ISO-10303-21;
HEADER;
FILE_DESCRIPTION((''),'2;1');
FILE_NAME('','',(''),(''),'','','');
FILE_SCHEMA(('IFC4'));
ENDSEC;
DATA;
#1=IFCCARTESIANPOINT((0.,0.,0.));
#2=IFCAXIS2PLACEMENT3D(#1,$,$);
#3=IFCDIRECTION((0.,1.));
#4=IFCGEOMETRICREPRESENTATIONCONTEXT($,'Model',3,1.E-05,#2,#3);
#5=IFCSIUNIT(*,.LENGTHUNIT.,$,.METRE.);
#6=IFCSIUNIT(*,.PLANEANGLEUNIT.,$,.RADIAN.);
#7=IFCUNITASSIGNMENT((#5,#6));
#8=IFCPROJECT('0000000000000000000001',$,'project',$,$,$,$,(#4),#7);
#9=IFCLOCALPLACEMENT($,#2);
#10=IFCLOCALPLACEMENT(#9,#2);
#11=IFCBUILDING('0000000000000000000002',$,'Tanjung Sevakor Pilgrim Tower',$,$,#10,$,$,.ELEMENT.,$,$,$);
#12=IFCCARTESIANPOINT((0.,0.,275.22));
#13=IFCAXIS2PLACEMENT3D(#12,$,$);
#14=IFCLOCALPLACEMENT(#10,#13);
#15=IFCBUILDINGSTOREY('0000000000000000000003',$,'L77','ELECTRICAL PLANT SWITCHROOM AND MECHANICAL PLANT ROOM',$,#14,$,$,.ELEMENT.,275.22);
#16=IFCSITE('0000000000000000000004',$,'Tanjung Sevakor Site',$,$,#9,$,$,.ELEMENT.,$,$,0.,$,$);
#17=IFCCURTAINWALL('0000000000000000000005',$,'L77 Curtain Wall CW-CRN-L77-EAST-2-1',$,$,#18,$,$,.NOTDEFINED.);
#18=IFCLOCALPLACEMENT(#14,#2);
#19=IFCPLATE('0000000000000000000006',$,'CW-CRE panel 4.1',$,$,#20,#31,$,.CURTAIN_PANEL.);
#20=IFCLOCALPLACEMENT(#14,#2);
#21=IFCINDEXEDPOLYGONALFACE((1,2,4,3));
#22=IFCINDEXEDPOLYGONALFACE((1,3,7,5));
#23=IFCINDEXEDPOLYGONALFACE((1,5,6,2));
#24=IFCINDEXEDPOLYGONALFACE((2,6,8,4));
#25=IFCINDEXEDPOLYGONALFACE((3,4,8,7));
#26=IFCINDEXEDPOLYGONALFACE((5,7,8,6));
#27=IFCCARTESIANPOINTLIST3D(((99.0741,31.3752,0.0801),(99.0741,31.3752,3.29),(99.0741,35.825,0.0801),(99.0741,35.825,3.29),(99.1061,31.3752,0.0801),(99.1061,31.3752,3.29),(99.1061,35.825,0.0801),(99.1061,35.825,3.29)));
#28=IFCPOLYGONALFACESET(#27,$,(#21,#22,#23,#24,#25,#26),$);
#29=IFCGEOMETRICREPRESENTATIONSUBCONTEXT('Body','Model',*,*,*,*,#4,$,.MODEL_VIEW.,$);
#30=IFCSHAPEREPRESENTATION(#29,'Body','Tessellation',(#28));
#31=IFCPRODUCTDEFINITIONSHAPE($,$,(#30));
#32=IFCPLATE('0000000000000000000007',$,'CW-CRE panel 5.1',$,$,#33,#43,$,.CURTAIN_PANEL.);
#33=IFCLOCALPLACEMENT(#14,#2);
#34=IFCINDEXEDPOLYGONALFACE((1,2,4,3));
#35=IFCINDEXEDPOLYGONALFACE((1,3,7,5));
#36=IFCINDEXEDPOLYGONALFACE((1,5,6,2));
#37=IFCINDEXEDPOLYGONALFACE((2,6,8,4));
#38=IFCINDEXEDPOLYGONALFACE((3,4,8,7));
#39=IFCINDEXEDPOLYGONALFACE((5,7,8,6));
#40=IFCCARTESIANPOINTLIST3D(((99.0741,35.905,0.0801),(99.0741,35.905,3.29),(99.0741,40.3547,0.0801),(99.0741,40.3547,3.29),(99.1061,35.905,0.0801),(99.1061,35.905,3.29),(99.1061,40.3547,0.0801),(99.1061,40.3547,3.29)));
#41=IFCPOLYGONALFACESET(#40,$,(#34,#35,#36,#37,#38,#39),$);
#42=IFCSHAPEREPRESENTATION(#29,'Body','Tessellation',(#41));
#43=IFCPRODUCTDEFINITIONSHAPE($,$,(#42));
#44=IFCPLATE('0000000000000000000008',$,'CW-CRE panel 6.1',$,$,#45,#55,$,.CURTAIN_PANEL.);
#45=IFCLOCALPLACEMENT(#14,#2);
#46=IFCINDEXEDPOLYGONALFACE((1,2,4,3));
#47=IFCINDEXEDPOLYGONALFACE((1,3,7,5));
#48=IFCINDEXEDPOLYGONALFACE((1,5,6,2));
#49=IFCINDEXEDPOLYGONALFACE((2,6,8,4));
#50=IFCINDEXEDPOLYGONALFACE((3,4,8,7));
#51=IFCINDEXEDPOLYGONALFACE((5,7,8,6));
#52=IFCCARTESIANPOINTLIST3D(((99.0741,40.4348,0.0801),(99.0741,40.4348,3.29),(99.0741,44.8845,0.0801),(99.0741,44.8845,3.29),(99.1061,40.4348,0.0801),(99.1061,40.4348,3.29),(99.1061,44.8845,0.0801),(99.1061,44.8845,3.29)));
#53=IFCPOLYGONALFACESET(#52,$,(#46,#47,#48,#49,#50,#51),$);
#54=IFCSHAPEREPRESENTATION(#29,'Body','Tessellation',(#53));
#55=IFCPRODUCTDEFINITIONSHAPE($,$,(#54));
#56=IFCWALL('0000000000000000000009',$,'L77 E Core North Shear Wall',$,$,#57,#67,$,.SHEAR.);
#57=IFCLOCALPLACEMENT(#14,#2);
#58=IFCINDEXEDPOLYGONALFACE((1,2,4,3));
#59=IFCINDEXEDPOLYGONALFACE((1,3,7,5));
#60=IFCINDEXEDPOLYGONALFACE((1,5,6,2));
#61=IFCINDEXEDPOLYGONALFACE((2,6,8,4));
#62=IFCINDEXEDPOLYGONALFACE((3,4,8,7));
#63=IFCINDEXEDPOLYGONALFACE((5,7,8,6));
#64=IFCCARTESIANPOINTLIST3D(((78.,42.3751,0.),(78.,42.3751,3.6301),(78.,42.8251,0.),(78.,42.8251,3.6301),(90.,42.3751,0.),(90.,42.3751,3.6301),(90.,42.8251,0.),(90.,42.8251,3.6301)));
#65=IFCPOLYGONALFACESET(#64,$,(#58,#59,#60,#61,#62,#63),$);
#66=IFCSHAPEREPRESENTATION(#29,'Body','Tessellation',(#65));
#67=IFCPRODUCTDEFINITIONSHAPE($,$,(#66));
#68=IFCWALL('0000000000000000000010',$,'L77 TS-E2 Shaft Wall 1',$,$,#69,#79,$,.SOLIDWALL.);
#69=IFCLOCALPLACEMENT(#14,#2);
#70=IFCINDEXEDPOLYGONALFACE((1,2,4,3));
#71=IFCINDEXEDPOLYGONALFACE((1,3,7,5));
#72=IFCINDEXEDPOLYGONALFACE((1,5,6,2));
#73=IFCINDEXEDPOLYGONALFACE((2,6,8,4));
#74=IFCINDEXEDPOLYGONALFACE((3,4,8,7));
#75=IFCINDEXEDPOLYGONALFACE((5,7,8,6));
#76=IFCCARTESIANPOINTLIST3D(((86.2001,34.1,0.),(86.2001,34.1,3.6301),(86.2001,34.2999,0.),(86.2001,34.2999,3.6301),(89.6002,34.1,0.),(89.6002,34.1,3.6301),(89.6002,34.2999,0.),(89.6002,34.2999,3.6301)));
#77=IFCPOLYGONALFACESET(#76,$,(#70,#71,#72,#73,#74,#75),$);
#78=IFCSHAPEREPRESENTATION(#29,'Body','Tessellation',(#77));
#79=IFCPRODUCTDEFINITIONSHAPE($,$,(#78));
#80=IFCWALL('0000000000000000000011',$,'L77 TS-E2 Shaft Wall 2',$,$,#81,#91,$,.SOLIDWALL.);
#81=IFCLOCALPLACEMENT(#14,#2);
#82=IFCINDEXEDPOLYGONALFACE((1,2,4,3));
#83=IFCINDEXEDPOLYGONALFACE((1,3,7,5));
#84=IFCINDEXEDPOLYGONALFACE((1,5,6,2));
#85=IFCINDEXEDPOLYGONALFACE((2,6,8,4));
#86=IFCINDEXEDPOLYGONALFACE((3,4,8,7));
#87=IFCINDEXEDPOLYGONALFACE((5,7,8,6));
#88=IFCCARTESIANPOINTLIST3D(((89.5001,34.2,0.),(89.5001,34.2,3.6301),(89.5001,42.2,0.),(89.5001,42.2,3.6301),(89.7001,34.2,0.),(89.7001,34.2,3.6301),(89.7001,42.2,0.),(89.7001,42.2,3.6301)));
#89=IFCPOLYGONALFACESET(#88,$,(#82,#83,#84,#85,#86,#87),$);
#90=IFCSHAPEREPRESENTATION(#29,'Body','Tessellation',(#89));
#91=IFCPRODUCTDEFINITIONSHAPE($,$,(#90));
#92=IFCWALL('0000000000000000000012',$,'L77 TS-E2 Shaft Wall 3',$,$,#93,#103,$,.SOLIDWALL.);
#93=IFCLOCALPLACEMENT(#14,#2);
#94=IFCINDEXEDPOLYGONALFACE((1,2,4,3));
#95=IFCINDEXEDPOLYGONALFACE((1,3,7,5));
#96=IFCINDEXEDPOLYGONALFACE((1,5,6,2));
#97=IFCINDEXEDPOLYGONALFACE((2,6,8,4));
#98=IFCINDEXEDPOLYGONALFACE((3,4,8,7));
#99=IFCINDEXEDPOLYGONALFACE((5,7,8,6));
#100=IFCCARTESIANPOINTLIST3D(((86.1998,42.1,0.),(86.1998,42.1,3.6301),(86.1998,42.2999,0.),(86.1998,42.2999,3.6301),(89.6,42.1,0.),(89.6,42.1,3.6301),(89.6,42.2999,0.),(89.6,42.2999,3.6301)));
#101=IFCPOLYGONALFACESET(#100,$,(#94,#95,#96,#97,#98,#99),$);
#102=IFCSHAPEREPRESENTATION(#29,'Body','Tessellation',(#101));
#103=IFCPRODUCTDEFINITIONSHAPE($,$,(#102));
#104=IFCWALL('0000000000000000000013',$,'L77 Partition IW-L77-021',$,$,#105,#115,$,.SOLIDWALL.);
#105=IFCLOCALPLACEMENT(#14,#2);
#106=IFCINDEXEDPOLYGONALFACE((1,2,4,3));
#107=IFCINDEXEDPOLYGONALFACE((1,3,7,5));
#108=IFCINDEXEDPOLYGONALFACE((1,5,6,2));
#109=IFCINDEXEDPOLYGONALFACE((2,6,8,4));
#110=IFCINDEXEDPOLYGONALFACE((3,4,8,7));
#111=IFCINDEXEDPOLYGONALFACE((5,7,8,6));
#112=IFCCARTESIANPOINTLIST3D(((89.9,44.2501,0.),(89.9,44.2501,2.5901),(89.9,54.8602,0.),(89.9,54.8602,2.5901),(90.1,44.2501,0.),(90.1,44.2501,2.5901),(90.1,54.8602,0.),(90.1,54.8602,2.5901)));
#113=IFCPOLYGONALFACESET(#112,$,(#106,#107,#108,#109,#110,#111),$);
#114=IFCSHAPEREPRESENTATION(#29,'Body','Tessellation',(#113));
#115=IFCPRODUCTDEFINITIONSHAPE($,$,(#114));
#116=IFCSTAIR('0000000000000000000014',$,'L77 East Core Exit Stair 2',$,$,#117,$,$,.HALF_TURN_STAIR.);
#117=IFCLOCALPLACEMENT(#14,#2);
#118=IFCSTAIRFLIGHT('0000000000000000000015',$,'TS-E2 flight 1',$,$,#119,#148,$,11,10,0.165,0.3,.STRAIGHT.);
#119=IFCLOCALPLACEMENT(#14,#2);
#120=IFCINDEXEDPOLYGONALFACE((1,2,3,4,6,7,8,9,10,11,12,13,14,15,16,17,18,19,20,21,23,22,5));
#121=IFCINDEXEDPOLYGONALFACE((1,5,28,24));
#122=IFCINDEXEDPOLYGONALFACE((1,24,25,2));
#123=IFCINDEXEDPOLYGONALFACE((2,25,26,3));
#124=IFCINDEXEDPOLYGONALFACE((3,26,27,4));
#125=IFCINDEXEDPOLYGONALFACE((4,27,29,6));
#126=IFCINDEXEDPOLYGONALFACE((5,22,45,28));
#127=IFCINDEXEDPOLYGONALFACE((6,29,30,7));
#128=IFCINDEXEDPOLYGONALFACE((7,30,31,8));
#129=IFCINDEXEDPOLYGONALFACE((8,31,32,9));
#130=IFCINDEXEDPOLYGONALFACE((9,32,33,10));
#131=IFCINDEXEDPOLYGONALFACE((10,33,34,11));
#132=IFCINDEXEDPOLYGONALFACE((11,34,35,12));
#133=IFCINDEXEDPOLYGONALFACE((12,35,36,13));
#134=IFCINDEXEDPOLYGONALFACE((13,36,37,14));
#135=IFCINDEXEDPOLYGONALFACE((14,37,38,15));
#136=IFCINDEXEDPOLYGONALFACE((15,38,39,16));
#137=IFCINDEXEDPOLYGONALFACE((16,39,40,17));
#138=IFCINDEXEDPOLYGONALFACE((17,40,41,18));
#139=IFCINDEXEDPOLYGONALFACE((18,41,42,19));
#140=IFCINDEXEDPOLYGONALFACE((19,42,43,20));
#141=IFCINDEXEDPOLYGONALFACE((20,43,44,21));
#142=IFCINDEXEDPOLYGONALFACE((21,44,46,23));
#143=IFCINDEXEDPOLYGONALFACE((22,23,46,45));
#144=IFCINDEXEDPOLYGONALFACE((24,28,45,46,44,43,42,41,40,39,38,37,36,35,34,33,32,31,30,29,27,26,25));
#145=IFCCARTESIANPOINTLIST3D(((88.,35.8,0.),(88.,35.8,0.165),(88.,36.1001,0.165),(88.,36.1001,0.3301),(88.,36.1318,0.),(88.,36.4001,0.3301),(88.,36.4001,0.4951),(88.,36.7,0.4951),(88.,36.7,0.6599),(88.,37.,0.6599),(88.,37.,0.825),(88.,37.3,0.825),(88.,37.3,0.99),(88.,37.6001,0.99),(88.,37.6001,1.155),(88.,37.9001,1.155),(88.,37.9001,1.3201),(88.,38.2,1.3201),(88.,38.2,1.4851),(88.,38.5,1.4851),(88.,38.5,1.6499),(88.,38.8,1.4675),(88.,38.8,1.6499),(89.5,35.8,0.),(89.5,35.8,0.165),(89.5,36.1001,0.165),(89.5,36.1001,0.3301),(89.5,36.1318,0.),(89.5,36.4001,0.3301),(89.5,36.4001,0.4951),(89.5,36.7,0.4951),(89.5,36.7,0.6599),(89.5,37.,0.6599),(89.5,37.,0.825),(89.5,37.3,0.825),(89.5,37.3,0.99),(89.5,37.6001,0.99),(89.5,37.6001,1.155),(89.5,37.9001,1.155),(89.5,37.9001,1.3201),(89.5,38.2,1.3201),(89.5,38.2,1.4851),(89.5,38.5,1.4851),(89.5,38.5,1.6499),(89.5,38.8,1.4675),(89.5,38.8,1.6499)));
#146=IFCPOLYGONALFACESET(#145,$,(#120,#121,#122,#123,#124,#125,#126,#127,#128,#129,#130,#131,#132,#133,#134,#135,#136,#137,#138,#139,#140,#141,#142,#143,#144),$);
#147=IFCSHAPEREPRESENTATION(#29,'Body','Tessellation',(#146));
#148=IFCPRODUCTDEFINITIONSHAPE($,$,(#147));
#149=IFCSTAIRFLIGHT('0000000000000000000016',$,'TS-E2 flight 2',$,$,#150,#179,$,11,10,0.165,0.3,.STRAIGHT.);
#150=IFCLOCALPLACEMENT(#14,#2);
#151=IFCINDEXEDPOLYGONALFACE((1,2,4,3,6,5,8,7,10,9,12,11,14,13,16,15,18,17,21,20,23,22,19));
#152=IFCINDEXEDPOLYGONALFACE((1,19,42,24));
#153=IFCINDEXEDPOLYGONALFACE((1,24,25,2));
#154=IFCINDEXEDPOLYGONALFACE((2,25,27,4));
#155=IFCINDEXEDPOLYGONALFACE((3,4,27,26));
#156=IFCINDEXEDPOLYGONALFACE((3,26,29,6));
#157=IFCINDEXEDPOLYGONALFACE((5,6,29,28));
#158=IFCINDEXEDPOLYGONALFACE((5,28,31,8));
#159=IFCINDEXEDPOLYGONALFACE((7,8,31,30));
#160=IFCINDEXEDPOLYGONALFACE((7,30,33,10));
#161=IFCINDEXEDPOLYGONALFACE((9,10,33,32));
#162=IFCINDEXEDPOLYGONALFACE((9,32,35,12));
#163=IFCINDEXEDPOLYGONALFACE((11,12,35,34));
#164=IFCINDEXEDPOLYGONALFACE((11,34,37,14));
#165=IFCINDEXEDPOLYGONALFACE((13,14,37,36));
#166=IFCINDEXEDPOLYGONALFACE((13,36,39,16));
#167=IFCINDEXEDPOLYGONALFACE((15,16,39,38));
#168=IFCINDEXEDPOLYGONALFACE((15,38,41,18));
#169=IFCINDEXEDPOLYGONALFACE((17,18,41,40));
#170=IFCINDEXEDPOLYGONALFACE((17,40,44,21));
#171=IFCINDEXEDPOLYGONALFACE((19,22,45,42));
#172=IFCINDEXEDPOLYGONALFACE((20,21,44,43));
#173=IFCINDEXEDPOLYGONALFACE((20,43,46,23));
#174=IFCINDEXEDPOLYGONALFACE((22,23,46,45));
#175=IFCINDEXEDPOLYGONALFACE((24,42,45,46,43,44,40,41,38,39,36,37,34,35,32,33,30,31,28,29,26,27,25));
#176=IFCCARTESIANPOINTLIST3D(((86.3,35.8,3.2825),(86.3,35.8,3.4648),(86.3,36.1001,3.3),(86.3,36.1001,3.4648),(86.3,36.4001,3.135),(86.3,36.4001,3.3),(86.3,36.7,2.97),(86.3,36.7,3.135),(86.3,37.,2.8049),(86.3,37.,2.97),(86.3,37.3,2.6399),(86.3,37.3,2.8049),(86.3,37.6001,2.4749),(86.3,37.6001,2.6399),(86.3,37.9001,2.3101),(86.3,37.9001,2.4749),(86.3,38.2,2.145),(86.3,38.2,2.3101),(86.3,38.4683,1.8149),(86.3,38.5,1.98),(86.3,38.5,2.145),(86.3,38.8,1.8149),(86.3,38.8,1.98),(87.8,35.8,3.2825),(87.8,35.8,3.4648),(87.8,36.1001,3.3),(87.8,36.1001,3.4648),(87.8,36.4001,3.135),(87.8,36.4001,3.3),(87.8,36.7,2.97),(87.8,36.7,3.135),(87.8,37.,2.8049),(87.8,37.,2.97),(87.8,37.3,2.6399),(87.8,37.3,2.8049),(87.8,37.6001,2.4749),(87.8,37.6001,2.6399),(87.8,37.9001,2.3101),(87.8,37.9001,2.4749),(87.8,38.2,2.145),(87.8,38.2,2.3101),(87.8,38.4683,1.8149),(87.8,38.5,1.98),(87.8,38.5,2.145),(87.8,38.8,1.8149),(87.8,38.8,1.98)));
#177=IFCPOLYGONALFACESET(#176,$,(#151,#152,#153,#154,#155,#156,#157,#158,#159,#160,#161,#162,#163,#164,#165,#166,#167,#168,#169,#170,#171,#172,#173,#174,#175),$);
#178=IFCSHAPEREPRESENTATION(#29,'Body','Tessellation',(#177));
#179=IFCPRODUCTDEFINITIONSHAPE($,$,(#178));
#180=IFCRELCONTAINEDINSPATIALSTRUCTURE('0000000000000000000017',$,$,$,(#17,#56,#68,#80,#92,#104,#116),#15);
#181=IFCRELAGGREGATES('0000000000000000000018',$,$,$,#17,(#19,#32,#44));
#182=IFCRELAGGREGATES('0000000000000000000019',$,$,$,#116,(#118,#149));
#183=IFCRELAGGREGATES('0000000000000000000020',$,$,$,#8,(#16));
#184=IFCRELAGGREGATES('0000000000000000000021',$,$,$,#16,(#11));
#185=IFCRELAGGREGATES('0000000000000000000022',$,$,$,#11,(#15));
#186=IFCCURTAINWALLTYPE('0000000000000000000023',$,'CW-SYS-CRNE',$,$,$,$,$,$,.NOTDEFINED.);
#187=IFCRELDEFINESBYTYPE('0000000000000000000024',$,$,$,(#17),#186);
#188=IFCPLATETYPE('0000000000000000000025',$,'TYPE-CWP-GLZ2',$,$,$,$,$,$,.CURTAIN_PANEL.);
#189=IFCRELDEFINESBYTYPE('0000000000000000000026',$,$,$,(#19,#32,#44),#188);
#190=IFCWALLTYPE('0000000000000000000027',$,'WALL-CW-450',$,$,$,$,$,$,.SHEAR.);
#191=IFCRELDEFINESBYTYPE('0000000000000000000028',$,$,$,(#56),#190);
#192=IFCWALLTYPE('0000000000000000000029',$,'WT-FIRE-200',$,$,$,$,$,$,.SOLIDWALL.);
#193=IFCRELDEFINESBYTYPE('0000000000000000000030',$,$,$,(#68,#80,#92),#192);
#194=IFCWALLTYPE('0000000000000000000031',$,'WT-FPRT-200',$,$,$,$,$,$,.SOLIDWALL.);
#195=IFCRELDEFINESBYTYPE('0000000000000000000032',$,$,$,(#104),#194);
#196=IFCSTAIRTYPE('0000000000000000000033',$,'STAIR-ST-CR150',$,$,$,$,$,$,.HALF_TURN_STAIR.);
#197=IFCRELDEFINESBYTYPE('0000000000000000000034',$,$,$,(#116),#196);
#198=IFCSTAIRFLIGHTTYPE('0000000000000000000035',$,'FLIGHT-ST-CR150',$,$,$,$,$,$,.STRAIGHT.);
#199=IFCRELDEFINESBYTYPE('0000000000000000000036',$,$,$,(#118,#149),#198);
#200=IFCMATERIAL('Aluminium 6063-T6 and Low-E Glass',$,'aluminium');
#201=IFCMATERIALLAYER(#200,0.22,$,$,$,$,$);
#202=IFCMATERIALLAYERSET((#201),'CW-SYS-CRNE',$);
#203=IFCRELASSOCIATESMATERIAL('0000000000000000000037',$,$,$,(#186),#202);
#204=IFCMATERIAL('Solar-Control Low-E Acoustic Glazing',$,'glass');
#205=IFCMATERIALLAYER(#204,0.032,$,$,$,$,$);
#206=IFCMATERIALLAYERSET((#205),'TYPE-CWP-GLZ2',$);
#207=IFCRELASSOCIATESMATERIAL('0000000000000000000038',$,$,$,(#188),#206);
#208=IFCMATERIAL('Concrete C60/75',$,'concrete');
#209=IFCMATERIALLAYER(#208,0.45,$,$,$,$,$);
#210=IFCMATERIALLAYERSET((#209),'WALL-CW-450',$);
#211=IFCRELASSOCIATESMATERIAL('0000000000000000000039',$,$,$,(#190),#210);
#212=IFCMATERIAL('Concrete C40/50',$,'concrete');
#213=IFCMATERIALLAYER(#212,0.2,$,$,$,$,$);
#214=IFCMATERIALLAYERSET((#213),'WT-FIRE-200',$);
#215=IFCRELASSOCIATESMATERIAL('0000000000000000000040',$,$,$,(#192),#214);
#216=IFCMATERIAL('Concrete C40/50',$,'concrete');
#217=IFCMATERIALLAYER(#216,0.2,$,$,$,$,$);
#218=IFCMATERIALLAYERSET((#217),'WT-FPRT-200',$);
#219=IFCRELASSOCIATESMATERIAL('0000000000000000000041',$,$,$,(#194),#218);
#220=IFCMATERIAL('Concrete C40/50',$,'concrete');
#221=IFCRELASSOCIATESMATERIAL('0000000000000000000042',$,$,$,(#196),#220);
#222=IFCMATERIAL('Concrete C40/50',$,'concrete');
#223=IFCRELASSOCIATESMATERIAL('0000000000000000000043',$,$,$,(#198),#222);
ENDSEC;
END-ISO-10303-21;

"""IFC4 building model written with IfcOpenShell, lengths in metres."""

from ifc_helpers import new_model, si_unit, direction, frame, frame_2d, origin, origin_2d, place, context, subcontext, project, spatial, polyline, rectangle, outline, extrude, material, layer, layer_set, type_object, element, aggregate, save


model = new_model("IFC4")

# Units and contexts
model_context = context("Model", 3, precision=1e-05, world=origin(), true_north=direction((0.0, 1.0)))
body_context = subcontext(model_context, "Body", "Model", "MODEL_VIEW")
ifc_project = project(units=[si_unit("LENGTHUNIT", "METRE"), si_unit("PLANEANGLEUNIT", "RADIAN")], contexts=[model_context])

# Site, building, storey
site_placement = place(None, origin())
site = spatial("IfcSite", under=ifc_project, at=site_placement, Name="Tanjung Sevakor Site", CompositionType="ELEMENT", RefElevation=0.0)
building_placement = place(site_placement, origin())
building = spatial("IfcBuilding", under=site, at=building_placement, Name="Tanjung Sevakor Pilgrim Tower", CompositionType="ELEMENT")
storey_placement = place(building_placement, frame((0.0, 0.0, 275.22)))
storey = spatial("IfcBuildingStorey", under=building, at=storey_placement, Name="L77", Description="ELECTRICAL PLANT SWITCHROOM AND MECHANICAL PLANT ROOM", CompositionType="ELEMENT", Elevation=275.22)

# Curtain wall, plates
ifc_material_1 = material(Name="Aluminium 6063-T6 and Low-E Glass", Category="aluminium")
ifc_layer_1 = layer(ifc_material_1, 0.22)
ifc_layer_set_1 = layer_set([ifc_layer_1], Name="CW-SYS-CRNE")
curtain_wall_type = type_object("IfcCurtainWallType", Name="CW-SYS-CRNE", PredefinedType="NOTDEFINED", material=ifc_layer_set_1)
curtain_wall_placement = place(storey_placement, origin())
curtain_wall = element("IfcCurtainWall", 1, at=curtain_wall_placement, inside=storey, type_object=curtain_wall_type, Name="L77 Curtain Wall CW-CRN-L77-EAST-2-1", PredefinedType="NOTDEFINED")
ifc_material_2 = material(Name="Solar-Control Low-E Acoustic Glazing", Category="glass")
ifc_layer_2 = layer(ifc_material_2, 0.032)
ifc_layer_set_2 = layer_set([ifc_layer_2], Name="TYPE-CWP-GLZ2")
plate_type = type_object("IfcPlateType", Name="TYPE-CWP-GLZ2", PredefinedType="CURTAIN_PANEL", material=ifc_layer_set_2)
plate_1_placement = place(storey_placement, frame((99.0901, 33.6001, 0.0801), z_axis=(0.0, 0.0, 1.0), x_axis=(0.0, 1.0, 0.0)))
plate_1 = element("IfcPlate", 2, at=plate_1_placement, type_object=plate_type, Name="CW-CRE panel 4.1", PredefinedType="CURTAIN_PANEL", context=body_context, shape_type="SweptSolid", body=[
    extrude(rectangle(XDim=4.4497, YDim=0.032, at=origin_2d()), origin(), (0.0, 0.0, 1.0), 3.21),
])
plate_2_placement = place(storey_placement, frame((99.0901, 38.1299, 0.0801), z_axis=(0.0, 0.0, 1.0), x_axis=(0.0, 1.0, 0.0)))
plate_2 = element("IfcPlate", 3, at=plate_2_placement, type_object=plate_type, Name="CW-CRE panel 5.1", PredefinedType="CURTAIN_PANEL", context=body_context, shape_type="SweptSolid", body=[
    extrude(rectangle(XDim=4.4497, YDim=0.032, at=origin_2d()), origin(), (0.0, 0.0, 1.0), 3.21),
])
plate_3_placement = place(storey_placement, frame((99.0901, 42.6597, 0.0801), z_axis=(0.0, 0.0, 1.0), x_axis=(0.0, 1.0, 0.0)))
plate_3 = element("IfcPlate", 4, at=plate_3_placement, type_object=plate_type, Name="CW-CRE panel 6.1", PredefinedType="CURTAIN_PANEL", context=body_context, shape_type="SweptSolid", body=[
    extrude(rectangle(XDim=4.4497, YDim=0.032, at=origin_2d()), origin(), (0.0, 0.0, 1.0), 3.21),
])
aggregate(curtain_wall, [plate_1, plate_2, plate_3])

# Walls
ifc_material_3 = material(Name="Concrete C60/75", Category="concrete")
ifc_layer_3 = layer(ifc_material_3, 0.45)
ifc_layer_set_3 = layer_set([ifc_layer_3], Name="WALL-CW-450")
wall_type_1 = type_object("IfcWallType", Name="WALL-CW-450", PredefinedType="SHEAR", material=ifc_layer_set_3)
wall_1_placement = place(storey_placement, frame((90.0, 42.6001, 0.0), z_axis=(0.0, 0.0, 1.0), x_axis=(-1.0, 0.0, 0.0)))
element("IfcWall", 5, at=wall_1_placement, inside=storey, type_object=wall_type_1, Name="L77 E Core North Shear Wall", PredefinedType="SHEAR", context=body_context, shape_type="SweptSolid", body=[
    extrude(rectangle(XDim=12.0, YDim=0.45, at=frame_2d((6.0, 0.0))), origin(), (0.0, 0.0, 1.0), 3.6301),
])
ifc_material_4 = material(Name="Concrete C40/50", Category="concrete")
ifc_layer_4 = layer(ifc_material_4, 0.2)
ifc_layer_set_4 = layer_set([ifc_layer_4], Name="WT-FIRE-200")
wall_type_2 = type_object("IfcWallType", Name="WT-FIRE-200", PredefinedType="SOLIDWALL", material=ifc_layer_set_4)
wall_2_placement = place(storey_placement, frame((86.2, 34.2, 0.0), z_axis=(0.0, 0.0, 1.0), x_axis=(1.0, 0.0, 0.0)))
element("IfcWall", 6, at=wall_2_placement, inside=storey, type_object=wall_type_2, Name="L77 TS-E2 Shaft Wall 1", PredefinedType="SOLIDWALL", context=body_context, shape_type="SweptSolid", body=[
    extrude(rectangle(XDim=3.4001, YDim=0.2, at=frame_2d((1.7002, 0.0))), origin(), (0.0, 0.0, 1.0), 3.6301),
])
wall_3_placement = place(storey_placement, frame((89.6001, 34.2, 0.0), z_axis=(0.0, 0.0, 1.0), x_axis=(0.0, 1.0, 0.0)))
element("IfcWall", 7, at=wall_3_placement, inside=storey, type_object=wall_type_2, Name="L77 TS-E2 Shaft Wall 2", PredefinedType="SOLIDWALL", context=body_context, shape_type="SweptSolid", body=[
    extrude(rectangle(XDim=8.0, YDim=0.2, at=frame_2d((4.0, 0.0))), origin(), (0.0, 0.0, 1.0), 3.6301),
])
wall_4_placement = place(storey_placement, frame((89.6001, 42.2, 0.0), z_axis=(0.0, 0.0, 1.0), x_axis=(-1.0, 0.0, 0.0)))
element("IfcWall", 8, at=wall_4_placement, inside=storey, type_object=wall_type_2, Name="L77 TS-E2 Shaft Wall 3", PredefinedType="SOLIDWALL", context=body_context, shape_type="SweptSolid", body=[
    extrude(rectangle(XDim=3.4001, YDim=0.2, at=frame_2d((1.7002, 0.0))), origin(), (0.0, 0.0, 1.0), 3.6301),
])
ifc_material_5 = material(Name="Concrete C40/50", Category="concrete")
ifc_layer_5 = layer(ifc_material_5, 0.2)
ifc_layer_set_5 = layer_set([ifc_layer_5], Name="WT-FPRT-200")
wall_type_3 = type_object("IfcWallType", Name="WT-FPRT-200", PredefinedType="SOLIDWALL", material=ifc_layer_set_5)
wall_5_placement = place(storey_placement, frame((90.0, 44.25, 0.0), z_axis=(0.0, 0.0, 1.0), x_axis=(0.0, 1.0, 0.0)))
element("IfcWall", 9, at=wall_5_placement, inside=storey, type_object=wall_type_3, Name="L77 Partition IW-L77-021", PredefinedType="SOLIDWALL", context=body_context, shape_type="SweptSolid", body=[
    extrude(rectangle(XDim=10.6101, YDim=0.2, at=frame_2d((5.3052, 0.0))), origin(), (0.0, 0.0, 1.0), 2.5901),
])

# Stair, stair flights
ifc_material_6 = material(Name="Concrete C40/50", Category="concrete")
stair_type = type_object("IfcStairType", Name="STAIR-ST-CR150", PredefinedType="HALF_TURN_STAIR", material=ifc_material_6)
stair_placement = place(storey_placement, origin())
stair = element("IfcStair", 10, at=stair_placement, inside=storey, type_object=stair_type, Name="L77 East Core Exit Stair 2", PredefinedType="HALF_TURN_STAIR")
ifc_material_7 = material(Name="Concrete C40/50", Category="concrete")
stair_flight_type = type_object("IfcStairFlightType", Name="FLIGHT-ST-CR150", PredefinedType="STRAIGHT", material=ifc_material_7)
stair_flight_1_placement = place(storey_placement, frame((88.75, 35.8, 0.0), z_axis=(0.0, 0.0, 1.0), x_axis=(0.0, 1.0, 0.0)))
stair_flight_1 = element("IfcStairFlight", 11, at=stair_flight_1_placement, type_object=stair_flight_type, Name="TS-E2 flight 1", NumberOfRisers=11, NumberOfTreads=10, PredefinedType="STRAIGHT", RiserHeight=0.165, TreadLength=0.3, context=body_context, shape_type="SweptSolid", body=[
    extrude(outline(polyline([(0.0, 0.0), (0.0, 0.165), (0.3, 0.165), (0.3, 0.3301), (0.6001, 0.3301), (0.6001, 0.4951), (0.8999, 0.4951), (0.8999, 0.6599), (1.2, 0.6599), (1.2, 0.825), (1.5, 0.825), (1.5, 0.99), (1.8, 0.99), (1.8, 1.155), (2.1001, 1.155), (2.1001, 1.3201), (2.3999, 1.3201), (2.3999, 1.4851), (2.7, 1.4851), (2.7, 1.6499), (3.0, 1.6499), (3.0, 1.8149), (3.0, 1.4675), (0.3318, 0.0), (0.0, 0.0)])), frame((0.0, 0.75, 0.0), z_axis=(0.0, -1.0, 0.0), x_axis=(1.0, 0.0, 0.0)), (0.0, 0.0, 1.0), 1.5),
])
stair_flight_2_placement = place(storey_placement, frame((87.05, 38.8, 1.8149), z_axis=(0.0, 0.0, 1.0), x_axis=(0.0, -1.0, 0.0)))
stair_flight_2 = element("IfcStairFlight", 12, at=stair_flight_2_placement, type_object=stair_flight_type, Name="TS-E2 flight 2", NumberOfRisers=11, NumberOfTreads=10, PredefinedType="STRAIGHT", RiserHeight=0.165, TreadLength=0.3, context=body_context, shape_type="SweptSolid", body=[
    extrude(outline(polyline([(0.0, 0.0), (0.0, 0.165), (0.3, 0.165), (0.3, 0.3301), (0.6001, 0.3301), (0.6001, 0.4951), (0.8999, 0.4951), (0.8999, 0.6599), (1.2, 0.6599), (1.2, 0.825), (1.5, 0.825), (1.5, 0.99), (1.8, 0.99), (1.8, 1.155), (2.1001, 1.155), (2.1001, 1.3201), (2.3999, 1.3201), (2.3999, 1.4851), (2.7, 1.4851), (2.7, 1.6499), (3.0, 1.6499), (3.0, 1.8149), (3.0, 1.4675), (0.3318, 0.0), (0.0, 0.0)])), frame((0.0, 0.75, 0.0), z_axis=(0.0, -1.0, 0.0), x_axis=(1.0, 0.0, 0.0)), (0.0, 0.0, 1.0), 1.5),
])
aggregate(stair, [stair_flight_1, stair_flight_2])

save(model, "model.ifc")
